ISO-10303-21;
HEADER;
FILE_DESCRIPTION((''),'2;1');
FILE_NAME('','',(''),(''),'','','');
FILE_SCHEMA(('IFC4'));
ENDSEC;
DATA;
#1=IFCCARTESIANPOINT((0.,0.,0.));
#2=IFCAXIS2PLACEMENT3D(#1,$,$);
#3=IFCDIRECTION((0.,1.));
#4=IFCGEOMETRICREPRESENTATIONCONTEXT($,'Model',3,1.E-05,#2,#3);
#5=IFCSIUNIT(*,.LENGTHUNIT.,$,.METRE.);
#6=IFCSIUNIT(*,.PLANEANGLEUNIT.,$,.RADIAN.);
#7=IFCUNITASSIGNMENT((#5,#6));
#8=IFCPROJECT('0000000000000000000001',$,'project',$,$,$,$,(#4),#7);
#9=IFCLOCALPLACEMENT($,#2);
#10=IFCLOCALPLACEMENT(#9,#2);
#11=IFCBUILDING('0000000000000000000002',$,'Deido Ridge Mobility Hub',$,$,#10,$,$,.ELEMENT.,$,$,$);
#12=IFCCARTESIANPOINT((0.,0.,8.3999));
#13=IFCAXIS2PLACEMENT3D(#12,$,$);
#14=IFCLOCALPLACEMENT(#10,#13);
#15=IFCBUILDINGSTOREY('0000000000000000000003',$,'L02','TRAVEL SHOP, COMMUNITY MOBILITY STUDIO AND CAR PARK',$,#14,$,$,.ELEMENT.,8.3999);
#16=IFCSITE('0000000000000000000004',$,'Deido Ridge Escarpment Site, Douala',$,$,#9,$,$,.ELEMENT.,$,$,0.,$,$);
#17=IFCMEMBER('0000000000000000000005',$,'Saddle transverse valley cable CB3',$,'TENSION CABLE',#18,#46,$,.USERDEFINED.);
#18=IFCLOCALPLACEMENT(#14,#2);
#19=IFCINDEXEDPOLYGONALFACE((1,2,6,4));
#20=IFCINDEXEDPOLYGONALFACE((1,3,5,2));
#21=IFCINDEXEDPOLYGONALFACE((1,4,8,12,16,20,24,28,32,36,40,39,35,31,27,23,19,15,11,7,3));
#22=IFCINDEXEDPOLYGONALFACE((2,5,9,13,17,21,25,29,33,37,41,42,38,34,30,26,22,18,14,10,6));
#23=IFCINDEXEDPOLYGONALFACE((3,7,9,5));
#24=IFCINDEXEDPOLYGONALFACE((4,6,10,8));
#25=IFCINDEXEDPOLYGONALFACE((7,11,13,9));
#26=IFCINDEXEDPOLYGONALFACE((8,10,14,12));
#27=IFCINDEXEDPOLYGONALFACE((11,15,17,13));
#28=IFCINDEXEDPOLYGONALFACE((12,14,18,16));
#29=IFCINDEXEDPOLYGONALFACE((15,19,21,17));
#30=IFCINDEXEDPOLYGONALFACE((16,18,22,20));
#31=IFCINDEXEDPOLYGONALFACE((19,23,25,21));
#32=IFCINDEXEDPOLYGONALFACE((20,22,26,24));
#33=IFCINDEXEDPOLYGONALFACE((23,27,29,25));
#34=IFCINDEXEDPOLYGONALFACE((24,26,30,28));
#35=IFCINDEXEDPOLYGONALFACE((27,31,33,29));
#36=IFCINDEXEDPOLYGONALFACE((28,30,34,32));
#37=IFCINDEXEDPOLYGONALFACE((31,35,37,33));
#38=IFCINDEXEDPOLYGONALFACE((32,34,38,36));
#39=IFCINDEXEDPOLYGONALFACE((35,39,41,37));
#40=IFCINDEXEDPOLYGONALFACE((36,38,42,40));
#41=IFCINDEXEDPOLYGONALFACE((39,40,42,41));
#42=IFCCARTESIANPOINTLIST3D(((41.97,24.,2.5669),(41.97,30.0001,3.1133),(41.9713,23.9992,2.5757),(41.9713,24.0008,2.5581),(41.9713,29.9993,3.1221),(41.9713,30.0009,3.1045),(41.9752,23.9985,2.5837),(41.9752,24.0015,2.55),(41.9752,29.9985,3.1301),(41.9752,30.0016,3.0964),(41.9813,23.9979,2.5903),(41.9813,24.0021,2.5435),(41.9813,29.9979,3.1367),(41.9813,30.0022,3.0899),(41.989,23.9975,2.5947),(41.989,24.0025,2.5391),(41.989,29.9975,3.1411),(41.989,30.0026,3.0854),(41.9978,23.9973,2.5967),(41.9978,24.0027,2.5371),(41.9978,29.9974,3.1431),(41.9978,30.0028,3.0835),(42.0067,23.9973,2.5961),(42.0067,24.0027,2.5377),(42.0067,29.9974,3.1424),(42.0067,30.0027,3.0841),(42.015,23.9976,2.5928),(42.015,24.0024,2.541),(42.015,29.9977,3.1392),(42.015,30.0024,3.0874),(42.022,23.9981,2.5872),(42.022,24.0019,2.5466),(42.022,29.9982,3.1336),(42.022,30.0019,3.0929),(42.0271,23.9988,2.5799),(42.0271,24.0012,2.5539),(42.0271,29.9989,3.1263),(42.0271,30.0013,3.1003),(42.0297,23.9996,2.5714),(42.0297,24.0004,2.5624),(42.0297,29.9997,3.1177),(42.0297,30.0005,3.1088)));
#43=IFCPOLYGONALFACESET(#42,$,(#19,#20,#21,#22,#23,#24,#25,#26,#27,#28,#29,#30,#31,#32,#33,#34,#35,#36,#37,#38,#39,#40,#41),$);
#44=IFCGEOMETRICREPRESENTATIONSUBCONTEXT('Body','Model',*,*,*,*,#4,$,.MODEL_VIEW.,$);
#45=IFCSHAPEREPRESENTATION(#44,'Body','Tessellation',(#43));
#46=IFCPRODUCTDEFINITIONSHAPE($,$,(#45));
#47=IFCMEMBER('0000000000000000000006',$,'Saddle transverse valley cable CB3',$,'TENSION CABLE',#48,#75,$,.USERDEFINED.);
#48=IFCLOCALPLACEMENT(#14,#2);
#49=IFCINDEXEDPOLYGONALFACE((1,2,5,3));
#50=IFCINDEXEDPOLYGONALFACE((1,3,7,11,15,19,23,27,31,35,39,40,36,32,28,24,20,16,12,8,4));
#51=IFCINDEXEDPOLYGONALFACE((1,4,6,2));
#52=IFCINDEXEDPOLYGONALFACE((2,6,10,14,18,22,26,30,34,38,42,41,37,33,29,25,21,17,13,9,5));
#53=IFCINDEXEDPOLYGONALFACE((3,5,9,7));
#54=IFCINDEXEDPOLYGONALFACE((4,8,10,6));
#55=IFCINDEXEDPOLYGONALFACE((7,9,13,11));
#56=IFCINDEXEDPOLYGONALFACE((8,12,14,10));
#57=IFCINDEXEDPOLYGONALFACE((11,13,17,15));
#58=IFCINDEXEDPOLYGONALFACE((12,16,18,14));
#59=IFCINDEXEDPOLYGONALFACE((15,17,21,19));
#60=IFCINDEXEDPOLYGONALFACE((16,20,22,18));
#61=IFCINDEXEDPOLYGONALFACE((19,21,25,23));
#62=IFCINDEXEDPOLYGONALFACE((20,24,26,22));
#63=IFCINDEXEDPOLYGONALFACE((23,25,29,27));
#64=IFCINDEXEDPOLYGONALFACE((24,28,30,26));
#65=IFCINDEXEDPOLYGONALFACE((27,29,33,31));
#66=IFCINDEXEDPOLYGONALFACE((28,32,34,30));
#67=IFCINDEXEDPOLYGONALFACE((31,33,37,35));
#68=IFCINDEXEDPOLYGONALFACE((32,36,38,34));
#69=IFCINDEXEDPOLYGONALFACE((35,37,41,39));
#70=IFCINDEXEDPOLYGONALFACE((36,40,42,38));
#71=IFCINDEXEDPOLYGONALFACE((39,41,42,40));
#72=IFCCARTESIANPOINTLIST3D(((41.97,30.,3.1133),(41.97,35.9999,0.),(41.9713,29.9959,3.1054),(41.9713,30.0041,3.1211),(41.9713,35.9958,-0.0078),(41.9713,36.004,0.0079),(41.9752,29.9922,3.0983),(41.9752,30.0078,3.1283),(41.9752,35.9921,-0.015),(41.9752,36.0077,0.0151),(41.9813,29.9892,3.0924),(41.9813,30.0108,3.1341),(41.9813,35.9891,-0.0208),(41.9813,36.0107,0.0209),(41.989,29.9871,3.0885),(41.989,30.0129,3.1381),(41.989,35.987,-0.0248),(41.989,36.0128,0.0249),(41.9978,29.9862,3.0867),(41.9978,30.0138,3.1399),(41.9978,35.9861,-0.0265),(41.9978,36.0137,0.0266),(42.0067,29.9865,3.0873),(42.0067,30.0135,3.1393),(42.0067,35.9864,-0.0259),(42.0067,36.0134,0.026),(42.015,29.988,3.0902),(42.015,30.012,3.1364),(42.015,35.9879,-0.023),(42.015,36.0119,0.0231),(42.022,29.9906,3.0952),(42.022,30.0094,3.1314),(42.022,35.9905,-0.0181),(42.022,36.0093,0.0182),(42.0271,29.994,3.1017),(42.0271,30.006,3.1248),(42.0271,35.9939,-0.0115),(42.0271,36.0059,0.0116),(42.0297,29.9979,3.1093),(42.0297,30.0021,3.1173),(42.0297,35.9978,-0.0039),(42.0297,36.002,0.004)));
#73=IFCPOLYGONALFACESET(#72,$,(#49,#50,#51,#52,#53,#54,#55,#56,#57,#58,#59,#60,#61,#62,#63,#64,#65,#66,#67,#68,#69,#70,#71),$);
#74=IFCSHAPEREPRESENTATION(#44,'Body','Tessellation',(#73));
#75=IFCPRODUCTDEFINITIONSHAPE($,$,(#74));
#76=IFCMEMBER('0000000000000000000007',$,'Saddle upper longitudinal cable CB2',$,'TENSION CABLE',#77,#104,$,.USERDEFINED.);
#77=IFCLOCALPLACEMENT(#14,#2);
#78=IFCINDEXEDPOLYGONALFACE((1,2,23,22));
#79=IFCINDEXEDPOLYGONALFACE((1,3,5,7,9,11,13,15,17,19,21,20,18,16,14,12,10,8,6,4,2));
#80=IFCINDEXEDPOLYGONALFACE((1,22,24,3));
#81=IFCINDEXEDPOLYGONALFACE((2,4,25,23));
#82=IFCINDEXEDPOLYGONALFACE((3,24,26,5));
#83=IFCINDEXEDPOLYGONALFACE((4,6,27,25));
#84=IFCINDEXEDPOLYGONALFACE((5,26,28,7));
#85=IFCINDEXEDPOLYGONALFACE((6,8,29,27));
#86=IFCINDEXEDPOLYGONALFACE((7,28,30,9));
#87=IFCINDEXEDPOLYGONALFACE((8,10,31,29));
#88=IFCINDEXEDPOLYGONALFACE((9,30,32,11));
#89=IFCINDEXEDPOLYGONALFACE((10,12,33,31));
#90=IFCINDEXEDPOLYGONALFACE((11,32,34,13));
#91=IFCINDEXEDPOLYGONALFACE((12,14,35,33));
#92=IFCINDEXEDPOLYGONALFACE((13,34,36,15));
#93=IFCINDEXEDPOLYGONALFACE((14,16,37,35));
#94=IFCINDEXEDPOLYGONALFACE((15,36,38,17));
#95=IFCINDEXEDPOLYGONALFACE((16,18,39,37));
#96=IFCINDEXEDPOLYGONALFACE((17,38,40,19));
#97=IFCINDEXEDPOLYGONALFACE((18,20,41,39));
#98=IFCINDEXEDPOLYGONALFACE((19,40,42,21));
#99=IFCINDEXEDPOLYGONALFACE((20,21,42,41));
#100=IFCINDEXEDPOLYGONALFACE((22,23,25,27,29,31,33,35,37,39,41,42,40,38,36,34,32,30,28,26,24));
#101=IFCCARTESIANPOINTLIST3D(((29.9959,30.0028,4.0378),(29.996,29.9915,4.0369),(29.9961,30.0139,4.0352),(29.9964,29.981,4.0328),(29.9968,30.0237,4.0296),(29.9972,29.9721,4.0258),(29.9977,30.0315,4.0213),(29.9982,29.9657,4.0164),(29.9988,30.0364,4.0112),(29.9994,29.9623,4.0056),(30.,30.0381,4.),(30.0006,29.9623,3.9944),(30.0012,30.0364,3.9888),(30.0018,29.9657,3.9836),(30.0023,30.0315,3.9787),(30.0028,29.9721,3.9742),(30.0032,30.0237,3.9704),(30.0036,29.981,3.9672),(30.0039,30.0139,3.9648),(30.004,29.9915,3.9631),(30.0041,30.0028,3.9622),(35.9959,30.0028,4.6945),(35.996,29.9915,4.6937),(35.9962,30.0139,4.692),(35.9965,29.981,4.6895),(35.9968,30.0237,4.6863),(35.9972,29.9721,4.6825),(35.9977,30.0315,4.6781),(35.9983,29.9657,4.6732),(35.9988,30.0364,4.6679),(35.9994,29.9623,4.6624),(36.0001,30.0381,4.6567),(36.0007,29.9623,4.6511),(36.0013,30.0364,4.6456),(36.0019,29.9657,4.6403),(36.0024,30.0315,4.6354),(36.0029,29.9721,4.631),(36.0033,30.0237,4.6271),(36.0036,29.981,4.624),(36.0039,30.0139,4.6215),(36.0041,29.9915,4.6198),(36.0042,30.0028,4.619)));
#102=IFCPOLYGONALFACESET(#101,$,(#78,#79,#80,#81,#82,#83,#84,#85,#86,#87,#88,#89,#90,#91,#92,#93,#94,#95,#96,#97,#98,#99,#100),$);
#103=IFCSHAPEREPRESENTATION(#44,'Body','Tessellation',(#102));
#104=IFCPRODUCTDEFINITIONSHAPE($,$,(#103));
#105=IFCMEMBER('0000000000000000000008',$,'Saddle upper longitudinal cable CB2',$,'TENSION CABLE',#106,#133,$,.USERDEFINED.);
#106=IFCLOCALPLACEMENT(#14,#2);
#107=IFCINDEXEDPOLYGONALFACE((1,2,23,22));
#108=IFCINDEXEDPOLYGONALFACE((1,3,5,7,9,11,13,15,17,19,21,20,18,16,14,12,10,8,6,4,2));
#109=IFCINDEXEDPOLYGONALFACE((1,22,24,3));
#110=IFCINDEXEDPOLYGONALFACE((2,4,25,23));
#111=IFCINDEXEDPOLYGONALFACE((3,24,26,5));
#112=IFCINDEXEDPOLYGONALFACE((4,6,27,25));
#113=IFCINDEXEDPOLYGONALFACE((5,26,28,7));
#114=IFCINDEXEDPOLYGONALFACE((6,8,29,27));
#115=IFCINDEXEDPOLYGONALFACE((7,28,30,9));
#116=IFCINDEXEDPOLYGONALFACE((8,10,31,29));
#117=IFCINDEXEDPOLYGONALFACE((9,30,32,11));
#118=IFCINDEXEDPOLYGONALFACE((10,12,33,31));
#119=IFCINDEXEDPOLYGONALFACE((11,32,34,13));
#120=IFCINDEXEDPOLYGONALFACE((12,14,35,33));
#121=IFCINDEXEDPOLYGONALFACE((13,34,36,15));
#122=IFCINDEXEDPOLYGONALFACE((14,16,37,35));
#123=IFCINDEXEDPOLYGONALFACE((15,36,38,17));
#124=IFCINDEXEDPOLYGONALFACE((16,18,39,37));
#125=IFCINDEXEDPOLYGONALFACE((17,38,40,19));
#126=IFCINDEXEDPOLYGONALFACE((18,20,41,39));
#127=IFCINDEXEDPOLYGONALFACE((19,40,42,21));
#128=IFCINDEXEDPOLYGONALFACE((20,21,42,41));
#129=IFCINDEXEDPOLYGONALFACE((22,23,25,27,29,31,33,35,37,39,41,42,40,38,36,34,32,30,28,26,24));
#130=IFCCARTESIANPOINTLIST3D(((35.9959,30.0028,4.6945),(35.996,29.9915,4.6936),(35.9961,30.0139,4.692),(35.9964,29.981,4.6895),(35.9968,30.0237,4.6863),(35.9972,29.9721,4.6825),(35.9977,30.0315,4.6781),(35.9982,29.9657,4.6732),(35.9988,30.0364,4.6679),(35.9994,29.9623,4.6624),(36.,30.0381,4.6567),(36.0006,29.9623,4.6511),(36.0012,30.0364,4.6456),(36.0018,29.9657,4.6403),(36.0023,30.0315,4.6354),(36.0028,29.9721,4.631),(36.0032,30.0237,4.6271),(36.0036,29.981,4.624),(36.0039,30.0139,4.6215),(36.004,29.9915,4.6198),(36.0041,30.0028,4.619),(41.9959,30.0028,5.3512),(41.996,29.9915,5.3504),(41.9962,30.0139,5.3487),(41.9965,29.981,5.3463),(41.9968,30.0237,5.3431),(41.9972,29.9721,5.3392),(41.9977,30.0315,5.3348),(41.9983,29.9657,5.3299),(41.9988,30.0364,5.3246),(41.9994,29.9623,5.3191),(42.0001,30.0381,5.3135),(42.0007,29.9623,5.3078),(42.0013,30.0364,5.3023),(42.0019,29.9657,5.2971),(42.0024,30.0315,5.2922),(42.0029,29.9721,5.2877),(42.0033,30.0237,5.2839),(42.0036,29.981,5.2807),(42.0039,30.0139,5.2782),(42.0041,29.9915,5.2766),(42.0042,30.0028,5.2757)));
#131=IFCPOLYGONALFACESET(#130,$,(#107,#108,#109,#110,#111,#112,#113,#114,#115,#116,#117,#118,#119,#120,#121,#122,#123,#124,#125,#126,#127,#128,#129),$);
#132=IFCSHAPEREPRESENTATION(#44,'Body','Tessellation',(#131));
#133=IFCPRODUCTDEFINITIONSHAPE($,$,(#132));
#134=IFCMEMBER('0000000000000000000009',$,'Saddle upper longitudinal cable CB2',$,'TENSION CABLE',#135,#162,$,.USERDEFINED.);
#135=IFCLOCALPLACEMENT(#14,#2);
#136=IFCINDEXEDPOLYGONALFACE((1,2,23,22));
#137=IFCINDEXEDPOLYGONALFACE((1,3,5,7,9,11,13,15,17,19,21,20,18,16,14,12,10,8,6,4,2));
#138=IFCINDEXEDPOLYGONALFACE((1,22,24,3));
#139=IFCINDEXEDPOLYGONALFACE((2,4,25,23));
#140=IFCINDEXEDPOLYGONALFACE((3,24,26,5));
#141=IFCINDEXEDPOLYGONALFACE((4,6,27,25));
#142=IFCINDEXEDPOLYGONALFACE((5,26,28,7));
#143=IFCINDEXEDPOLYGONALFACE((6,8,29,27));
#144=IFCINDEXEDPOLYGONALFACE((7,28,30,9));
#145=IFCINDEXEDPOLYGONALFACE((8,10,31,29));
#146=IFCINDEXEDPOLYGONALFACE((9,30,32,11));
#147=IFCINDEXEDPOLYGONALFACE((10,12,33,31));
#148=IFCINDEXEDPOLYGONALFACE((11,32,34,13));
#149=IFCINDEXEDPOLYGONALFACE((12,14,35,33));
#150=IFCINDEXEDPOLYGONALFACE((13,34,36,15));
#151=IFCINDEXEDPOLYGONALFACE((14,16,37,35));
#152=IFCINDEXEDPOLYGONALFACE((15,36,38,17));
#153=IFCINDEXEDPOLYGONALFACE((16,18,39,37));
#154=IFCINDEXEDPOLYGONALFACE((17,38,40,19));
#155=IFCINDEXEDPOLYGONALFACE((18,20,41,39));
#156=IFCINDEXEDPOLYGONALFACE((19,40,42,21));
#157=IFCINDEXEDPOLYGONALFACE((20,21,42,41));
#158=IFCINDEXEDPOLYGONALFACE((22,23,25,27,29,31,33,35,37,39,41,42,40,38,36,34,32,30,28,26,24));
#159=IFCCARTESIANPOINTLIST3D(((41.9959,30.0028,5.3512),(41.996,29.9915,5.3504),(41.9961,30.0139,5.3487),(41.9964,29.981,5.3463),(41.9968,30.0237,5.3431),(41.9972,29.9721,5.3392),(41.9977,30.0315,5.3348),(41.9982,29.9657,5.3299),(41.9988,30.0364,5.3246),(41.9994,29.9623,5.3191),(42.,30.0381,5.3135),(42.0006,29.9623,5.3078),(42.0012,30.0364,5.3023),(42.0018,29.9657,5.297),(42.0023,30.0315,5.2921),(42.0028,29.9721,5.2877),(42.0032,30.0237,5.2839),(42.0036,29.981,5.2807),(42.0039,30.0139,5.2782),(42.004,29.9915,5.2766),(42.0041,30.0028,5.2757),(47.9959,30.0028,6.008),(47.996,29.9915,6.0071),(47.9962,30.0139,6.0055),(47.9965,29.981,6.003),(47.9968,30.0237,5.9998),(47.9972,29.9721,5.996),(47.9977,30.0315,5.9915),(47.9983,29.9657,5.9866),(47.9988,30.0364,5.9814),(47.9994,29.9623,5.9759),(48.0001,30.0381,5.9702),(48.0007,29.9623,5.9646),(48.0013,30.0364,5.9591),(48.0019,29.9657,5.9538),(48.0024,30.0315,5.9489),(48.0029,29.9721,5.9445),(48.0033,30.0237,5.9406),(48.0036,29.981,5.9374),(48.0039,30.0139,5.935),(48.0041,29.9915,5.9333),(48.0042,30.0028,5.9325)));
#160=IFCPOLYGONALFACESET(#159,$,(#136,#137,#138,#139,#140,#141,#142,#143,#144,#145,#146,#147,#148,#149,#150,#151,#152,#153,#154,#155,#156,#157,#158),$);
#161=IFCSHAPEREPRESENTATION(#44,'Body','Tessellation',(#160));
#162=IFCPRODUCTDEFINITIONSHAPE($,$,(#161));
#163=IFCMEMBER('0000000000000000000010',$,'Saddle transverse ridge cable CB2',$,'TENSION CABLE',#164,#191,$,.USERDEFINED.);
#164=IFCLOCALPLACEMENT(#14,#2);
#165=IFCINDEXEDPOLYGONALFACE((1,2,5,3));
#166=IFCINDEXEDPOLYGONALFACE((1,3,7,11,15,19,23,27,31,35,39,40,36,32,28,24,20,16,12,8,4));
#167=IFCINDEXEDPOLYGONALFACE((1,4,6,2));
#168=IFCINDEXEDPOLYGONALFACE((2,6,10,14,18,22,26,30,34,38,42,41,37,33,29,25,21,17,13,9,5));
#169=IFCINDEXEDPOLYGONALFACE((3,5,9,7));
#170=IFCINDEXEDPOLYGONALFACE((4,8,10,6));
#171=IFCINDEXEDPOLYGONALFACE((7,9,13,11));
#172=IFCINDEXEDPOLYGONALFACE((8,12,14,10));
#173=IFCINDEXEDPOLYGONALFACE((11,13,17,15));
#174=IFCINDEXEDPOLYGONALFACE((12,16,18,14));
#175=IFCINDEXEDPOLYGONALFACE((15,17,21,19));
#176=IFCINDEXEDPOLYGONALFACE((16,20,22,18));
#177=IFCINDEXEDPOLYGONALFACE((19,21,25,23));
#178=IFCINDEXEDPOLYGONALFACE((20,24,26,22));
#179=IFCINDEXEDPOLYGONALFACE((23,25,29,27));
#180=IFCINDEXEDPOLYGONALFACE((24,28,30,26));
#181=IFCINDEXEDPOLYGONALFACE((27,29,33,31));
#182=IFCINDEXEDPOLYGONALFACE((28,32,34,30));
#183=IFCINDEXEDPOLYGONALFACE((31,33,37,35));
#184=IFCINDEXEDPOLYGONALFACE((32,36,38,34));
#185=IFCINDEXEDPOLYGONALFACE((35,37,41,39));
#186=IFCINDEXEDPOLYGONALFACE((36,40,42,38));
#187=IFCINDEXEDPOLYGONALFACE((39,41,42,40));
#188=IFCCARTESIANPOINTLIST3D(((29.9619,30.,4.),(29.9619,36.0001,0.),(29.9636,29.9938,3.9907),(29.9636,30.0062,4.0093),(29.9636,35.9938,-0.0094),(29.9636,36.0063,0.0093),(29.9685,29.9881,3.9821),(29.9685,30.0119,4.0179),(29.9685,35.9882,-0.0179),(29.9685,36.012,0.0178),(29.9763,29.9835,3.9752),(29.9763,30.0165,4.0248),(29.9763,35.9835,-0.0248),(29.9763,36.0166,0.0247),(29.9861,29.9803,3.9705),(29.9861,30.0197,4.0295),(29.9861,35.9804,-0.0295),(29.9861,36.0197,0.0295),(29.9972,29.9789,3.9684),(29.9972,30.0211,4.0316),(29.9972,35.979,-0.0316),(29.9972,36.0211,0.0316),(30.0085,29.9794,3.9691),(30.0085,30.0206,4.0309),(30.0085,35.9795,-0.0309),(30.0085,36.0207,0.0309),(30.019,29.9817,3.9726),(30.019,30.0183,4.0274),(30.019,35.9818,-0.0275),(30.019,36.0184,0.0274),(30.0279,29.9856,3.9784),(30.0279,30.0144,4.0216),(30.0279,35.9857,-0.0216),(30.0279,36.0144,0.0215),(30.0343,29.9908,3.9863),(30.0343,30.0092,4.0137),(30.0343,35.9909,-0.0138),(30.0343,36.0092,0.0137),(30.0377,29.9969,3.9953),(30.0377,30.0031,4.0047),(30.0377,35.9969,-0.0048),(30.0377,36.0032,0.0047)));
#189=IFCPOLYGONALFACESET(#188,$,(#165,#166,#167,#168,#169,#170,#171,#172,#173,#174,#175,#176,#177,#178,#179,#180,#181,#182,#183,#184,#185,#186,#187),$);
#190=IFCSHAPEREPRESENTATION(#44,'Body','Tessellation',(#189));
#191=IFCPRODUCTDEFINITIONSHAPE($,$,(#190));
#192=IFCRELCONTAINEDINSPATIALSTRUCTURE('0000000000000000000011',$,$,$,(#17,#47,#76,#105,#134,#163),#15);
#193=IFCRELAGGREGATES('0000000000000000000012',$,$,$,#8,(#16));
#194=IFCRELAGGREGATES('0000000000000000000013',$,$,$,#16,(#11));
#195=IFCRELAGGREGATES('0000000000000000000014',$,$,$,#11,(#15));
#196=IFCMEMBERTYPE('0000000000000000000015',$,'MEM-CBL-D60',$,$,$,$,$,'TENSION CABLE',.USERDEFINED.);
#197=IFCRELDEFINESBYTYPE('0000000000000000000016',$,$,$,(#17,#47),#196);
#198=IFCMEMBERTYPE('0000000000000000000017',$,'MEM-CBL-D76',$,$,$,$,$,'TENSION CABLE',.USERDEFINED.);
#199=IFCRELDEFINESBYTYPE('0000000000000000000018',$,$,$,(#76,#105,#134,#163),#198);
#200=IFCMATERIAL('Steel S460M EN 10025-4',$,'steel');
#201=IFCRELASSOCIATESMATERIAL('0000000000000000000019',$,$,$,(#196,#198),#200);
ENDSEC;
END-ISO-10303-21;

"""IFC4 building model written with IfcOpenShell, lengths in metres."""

from ifc_helpers import new_model, si_unit, direction, frame, origin, origin_2d, place, context, subcontext, project, spatial, circle, extrude, material, material_profile, profile_set, type_object, element, save


model = new_model("IFC4")

# Units and contexts
model_context = context("Model", 3, precision=1e-05, world=origin(), true_north=direction((0.0, 1.0)))
body_context = subcontext(model_context, "Body", "Model", "MODEL_VIEW")
ifc_project = project(units=[si_unit("LENGTHUNIT", "METRE"), si_unit("PLANEANGLEUNIT", "RADIAN")], contexts=[model_context])

# Site, building, storey
site_placement = place(None, origin())
site = spatial("IfcSite", under=ifc_project, at=site_placement, Name="Deido Ridge Escarpment Site, Douala", CompositionType="ELEMENT", RefElevation=0.0)
building_placement = place(site_placement, origin())
building = spatial("IfcBuilding", under=site, at=building_placement, Name="Deido Ridge Mobility Hub", CompositionType="ELEMENT")
storey_placement = place(building_placement, frame((0.0, 0.0, 8.3999)))
storey = spatial("IfcBuildingStorey", under=building, at=storey_placement, Name="L02", Description="TRAVEL SHOP, COMMUNITY MOBILITY STUDIO AND CAR PARK", CompositionType="ELEMENT", Elevation=8.3999)

# Members
ifc_material_1 = material(Name="Steel S460M EN 10025-4", Category="steel")
ifc_material_profile_1 = material_profile(ifc_material_1, circle(Radius=0.03, at=origin_2d()), Name="CABLE D60")
ifc_profile_set_1 = profile_set([ifc_material_profile_1], Name="Steel S460M EN 10025-4")
member_type_1 = type_object("IfcMemberType", Name="MEM-CBL-D60", ElementType="TENSION CABLE", PredefinedType="USERDEFINED", material=ifc_profile_set_1)
member_1_placement = place(storey_placement, frame((42.0, 24.0, 2.5669), z_axis=(0.0, 0.995879, 0.090689), x_axis=(-1.0, 0.0, 0.0)))
element("IfcMember", 1, at=member_1_placement, inside=storey, type_object=member_type_1, Name="Saddle transverse valley cable CB3", ObjectType="TENSION CABLE", PredefinedType="USERDEFINED", context=body_context, shape_type="SweptSolid", body=[
    extrude(circle(Radius=0.03, at=origin_2d()), origin(), (0.0, 0.0, 1.0), 6.0249),
])
member_2_placement = place(storey_placement, frame((42.0, 30.0, 3.1133), z_axis=(0.0, 0.887623, -0.46057), x_axis=(-1.0, 0.0, 0.0)))
element("IfcMember", 2, at=member_2_placement, inside=storey, type_object=member_type_1, Name="Saddle transverse valley cable CB3", ObjectType="TENSION CABLE", PredefinedType="USERDEFINED", context=body_context, shape_type="SweptSolid", body=[
    extrude(circle(Radius=0.03, at=origin_2d()), origin(), (0.0, 0.0, 1.0), 6.7595),
])
ifc_material_profile_2 = material_profile(ifc_material_1, circle(Radius=0.0381, at=origin_2d()), Name="CABLE D76")
ifc_profile_set_2 = profile_set([ifc_material_profile_2], Name="Steel S460M EN 10025-4")
member_type_2 = type_object("IfcMemberType", Name="MEM-CBL-D76", ElementType="TENSION CABLE", PredefinedType="USERDEFINED", material=ifc_profile_set_2)
for number, where, z_axis, x_axis, name in (
    (3, (30.0, 30.0, 4.0), (0.994063, 0.0, 0.108807), (0.0, 1.0, 0.0), "Saddle upper longitudinal cable CB2"),
    (4, (36.0, 30.0, 4.6567), (0.994063, 0.0, 0.108807), (0.0, 1.0, 0.0), "Saddle upper longitudinal cable CB2"),
    (5, (42.0, 30.0, 5.3135), (0.994063, 0.0, 0.108807), (0.0, 1.0, 0.0), "Saddle upper longitudinal cable CB2"),
):
    element("IfcMember", number, at=place(storey_placement, frame(where, z_axis=z_axis, x_axis=x_axis)), inside=storey, type_object=member_type_2, Name=name, ObjectType="TENSION CABLE", PredefinedType="USERDEFINED", context=body_context, shape_type="SweptSolid", body=[
        extrude(circle(Radius=0.0381, at=origin_2d()), origin(), (0.0, 0.0, 1.0), 6.0359),
    ])
member_3_placement = place(storey_placement, frame((30.0, 30.0, 4.0), z_axis=(0.0, 0.83205, -0.5547), x_axis=(-1.0, 0.0, 0.0)))
element("IfcMember", 6, at=member_3_placement, inside=storey, type_object=member_type_2, Name="Saddle transverse ridge cable CB2", ObjectType="TENSION CABLE", PredefinedType="USERDEFINED", context=body_context, shape_type="SweptSolid", body=[
    extrude(circle(Radius=0.0381, at=origin_2d()), origin(), (0.0, 0.0, 1.0), 7.2112),
])

save(model, "model.ifc")
